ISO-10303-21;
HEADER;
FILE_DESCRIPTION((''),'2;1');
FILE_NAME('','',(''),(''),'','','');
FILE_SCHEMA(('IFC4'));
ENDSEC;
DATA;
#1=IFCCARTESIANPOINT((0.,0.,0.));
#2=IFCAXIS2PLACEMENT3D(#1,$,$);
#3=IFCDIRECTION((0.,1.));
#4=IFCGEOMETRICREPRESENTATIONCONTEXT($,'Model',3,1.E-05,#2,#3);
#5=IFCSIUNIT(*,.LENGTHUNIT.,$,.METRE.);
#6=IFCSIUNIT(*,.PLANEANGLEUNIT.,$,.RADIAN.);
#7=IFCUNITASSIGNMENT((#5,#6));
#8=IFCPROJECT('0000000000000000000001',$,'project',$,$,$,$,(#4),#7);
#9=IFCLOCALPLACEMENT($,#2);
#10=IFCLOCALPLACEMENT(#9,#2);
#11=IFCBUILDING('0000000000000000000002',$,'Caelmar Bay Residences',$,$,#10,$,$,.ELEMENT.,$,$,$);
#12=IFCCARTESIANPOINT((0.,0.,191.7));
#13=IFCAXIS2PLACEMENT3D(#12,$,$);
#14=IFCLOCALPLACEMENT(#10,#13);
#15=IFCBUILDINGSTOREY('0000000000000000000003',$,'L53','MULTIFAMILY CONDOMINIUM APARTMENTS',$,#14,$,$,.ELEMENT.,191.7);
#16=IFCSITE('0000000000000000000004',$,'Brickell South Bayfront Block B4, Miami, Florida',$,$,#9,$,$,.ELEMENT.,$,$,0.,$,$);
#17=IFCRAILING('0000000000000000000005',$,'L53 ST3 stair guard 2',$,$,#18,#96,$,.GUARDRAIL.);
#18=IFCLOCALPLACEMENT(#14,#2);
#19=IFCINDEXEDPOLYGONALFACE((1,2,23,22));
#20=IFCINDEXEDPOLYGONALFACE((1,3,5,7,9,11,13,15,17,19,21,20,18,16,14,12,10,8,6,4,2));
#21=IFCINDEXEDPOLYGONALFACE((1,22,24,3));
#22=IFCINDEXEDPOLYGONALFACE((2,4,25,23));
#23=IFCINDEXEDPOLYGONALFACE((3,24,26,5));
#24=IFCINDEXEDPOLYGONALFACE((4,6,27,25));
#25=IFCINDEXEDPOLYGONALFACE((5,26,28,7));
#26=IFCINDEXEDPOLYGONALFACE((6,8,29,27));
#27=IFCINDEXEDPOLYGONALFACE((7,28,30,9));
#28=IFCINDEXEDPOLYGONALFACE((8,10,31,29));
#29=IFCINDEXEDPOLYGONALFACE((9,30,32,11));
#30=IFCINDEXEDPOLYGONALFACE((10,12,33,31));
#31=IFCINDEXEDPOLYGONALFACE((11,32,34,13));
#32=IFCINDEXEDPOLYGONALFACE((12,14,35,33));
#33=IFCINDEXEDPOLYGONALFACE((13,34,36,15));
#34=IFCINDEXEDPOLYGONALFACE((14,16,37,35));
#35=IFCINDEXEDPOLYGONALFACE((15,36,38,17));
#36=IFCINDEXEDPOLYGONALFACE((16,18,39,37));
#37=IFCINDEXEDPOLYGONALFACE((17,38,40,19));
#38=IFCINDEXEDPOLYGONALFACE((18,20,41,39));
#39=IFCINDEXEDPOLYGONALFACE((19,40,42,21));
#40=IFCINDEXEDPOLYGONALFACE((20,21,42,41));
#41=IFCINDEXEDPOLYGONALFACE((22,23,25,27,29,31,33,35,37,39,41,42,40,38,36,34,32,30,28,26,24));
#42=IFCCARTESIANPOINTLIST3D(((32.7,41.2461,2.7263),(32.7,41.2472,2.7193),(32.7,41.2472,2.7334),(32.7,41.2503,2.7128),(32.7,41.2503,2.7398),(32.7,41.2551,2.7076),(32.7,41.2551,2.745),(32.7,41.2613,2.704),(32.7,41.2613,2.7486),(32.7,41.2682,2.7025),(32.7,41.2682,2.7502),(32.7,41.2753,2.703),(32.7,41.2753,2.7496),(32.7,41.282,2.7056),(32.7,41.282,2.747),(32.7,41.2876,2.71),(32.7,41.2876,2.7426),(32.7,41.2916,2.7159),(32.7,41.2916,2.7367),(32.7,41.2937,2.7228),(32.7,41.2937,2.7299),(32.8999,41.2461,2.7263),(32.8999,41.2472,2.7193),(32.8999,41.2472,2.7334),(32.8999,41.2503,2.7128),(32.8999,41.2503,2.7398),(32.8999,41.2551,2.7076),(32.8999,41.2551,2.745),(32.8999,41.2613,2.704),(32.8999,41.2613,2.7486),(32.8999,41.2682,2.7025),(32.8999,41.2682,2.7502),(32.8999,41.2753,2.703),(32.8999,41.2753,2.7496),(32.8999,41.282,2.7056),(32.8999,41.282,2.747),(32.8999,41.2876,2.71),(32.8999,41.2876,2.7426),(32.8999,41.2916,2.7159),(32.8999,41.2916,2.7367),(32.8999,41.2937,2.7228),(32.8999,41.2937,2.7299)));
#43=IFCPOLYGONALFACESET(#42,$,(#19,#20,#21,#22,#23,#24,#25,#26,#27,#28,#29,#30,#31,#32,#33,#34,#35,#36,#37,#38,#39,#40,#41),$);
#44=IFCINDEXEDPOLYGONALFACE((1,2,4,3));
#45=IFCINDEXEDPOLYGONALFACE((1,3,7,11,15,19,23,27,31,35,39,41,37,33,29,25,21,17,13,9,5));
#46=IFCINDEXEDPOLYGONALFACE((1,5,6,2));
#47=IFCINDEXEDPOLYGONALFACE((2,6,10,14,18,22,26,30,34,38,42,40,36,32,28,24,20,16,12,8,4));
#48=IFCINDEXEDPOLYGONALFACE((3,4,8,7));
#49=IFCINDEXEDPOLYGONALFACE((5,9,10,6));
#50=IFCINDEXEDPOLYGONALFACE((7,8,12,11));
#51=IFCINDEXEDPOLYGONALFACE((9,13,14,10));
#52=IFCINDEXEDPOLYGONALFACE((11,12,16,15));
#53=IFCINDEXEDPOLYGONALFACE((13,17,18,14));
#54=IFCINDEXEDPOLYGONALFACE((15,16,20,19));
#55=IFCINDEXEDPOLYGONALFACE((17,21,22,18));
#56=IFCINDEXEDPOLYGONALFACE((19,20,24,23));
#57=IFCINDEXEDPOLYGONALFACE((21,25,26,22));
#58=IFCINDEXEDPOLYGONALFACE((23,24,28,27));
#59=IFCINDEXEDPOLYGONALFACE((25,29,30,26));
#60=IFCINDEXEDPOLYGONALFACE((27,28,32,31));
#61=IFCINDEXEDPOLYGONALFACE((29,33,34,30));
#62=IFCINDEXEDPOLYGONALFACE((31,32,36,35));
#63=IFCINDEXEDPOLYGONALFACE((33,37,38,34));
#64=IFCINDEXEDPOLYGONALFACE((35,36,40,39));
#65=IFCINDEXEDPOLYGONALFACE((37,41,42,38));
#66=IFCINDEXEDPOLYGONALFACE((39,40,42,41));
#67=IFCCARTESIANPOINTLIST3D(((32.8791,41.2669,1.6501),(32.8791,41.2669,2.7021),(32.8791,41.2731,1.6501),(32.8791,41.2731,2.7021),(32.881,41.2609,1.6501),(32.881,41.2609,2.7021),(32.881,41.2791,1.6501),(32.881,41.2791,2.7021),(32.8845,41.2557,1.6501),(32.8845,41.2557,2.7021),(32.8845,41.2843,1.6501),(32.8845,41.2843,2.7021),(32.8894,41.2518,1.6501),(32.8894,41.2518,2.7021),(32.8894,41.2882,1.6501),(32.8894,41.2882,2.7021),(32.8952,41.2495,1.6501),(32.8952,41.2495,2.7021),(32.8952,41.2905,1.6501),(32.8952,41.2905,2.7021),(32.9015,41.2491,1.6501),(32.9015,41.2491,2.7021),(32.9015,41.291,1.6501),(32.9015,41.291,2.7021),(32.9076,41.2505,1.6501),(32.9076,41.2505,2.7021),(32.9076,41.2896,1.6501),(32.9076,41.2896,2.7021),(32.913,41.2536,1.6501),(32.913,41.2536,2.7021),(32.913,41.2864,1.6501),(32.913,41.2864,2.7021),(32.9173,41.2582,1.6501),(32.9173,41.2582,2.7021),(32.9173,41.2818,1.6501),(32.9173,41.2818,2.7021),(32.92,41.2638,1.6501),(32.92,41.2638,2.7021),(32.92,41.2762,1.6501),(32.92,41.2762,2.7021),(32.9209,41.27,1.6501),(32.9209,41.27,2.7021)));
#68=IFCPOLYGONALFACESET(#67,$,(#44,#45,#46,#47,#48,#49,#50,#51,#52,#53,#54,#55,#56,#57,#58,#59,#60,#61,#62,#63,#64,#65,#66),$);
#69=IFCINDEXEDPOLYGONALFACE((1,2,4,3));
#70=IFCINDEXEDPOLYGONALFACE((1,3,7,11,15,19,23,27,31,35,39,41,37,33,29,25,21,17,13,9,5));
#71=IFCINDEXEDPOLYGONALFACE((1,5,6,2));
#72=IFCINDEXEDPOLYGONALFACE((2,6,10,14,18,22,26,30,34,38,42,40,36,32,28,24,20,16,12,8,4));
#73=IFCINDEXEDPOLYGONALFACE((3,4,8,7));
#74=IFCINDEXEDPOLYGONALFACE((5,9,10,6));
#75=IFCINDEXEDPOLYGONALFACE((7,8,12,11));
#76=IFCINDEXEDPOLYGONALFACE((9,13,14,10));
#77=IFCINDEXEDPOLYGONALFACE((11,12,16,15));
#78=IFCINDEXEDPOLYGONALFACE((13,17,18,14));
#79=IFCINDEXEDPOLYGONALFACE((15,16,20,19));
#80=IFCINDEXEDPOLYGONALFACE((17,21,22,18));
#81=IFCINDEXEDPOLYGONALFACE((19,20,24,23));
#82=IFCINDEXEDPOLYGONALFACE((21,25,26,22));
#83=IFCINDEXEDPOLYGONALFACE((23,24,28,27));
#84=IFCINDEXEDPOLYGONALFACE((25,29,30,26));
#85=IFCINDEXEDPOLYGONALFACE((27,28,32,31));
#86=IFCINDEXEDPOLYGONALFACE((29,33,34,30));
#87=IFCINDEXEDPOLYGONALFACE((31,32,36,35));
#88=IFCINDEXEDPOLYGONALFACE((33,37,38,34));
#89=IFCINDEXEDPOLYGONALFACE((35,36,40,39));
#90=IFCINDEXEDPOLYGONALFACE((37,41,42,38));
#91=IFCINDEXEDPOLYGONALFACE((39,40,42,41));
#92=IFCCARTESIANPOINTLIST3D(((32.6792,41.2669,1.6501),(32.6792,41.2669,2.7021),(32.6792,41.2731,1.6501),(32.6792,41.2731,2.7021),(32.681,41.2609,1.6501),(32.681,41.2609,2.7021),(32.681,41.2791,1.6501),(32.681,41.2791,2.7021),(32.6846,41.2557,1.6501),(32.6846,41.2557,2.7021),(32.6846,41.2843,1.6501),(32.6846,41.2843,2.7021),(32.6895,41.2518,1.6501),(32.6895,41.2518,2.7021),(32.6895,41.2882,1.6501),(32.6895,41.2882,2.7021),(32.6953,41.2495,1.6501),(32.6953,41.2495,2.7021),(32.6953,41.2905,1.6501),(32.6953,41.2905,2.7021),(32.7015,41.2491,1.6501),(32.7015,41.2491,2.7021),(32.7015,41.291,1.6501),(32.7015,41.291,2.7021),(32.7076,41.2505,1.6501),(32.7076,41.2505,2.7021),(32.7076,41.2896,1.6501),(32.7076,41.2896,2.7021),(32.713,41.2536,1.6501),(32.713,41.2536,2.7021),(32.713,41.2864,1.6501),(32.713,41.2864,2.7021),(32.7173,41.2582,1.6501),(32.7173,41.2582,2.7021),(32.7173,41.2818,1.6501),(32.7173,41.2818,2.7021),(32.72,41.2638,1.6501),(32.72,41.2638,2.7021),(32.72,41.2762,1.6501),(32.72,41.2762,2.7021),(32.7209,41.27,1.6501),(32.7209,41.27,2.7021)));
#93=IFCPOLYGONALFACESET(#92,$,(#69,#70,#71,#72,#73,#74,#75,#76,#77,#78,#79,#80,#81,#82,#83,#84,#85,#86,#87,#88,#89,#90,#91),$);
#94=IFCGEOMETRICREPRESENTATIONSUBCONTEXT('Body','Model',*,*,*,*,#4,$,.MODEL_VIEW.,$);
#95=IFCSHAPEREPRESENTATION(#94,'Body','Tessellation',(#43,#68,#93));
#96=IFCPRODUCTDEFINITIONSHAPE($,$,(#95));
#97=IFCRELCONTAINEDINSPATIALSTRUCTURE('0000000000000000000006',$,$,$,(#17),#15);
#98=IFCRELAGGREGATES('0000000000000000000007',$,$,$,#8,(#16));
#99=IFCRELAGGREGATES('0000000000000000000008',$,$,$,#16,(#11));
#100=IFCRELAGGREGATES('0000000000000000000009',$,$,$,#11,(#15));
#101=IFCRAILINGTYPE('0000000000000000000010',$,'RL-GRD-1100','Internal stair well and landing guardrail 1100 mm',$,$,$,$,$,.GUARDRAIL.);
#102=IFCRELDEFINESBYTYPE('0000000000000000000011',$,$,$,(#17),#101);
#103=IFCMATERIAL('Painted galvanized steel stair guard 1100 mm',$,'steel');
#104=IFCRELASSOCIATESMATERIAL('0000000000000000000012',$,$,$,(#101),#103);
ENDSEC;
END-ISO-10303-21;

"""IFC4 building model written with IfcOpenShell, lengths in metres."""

from ifc_helpers import new_model, si_unit, direction, frame, origin, origin_2d, place, context, subcontext, project, spatial, circle, extrude, material, type_object, element, save


model = new_model("IFC4")

# Units and contexts
model_context = context("Model", 3, precision=1e-05, world=origin(), true_north=direction((0.0, 1.0)))
body_context = subcontext(model_context, "Body", "Model", "MODEL_VIEW")
ifc_project = project(units=[si_unit("LENGTHUNIT", "METRE"), si_unit("PLANEANGLEUNIT", "RADIAN")], contexts=[model_context])

# Site, building, storey
site_placement = place(None, origin())
site = spatial("IfcSite", under=ifc_project, at=site_placement, Name="Brickell South Bayfront Block B4, Miami, Florida", CompositionType="ELEMENT", RefElevation=0.0)
building_placement = place(site_placement, origin())
building = spatial("IfcBuilding", under=site, at=building_placement, Name="Caelmar Bay Residences", CompositionType="ELEMENT")
storey_placement = place(building_placement, frame((0.0, 0.0, 191.7)))
storey = spatial("IfcBuildingStorey", under=building, at=storey_placement, Name="L53", Description="MULTIFAMILY CONDOMINIUM APARTMENTS", CompositionType="ELEMENT", Elevation=191.7)

# Railing
ifc_material_1 = material(Name="Painted galvanized steel stair guard 1100 mm", Category="steel")
railing_type_1 = type_object("IfcRailingType", Name="RL-GRD-1100", Description="Internal stair well and landing guardrail 1100 mm", PredefinedType="GUARDRAIL", material=ifc_material_1)
railing_1_placement = place(storey_placement, frame((32.8999, 41.27, 1.6501)))
element("IfcRailing", 1, at=railing_1_placement, inside=storey, type_object=railing_type_1, Name="L53 ST3 stair guard 2", PredefinedType="GUARDRAIL", context=body_context, shape_type="SweptSolid", body=[
    extrude(circle(Radius=0.0239, at=origin_2d()), frame((0.0, 0.0, 1.0762), z_axis=(-1.0, 0.0, 0.0), x_axis=(0.0, -1.0, 0.0)), (0.0, 0.0, 1.0), 0.2),
    extrude(circle(Radius=0.021, at=origin_2d()), origin(), (0.0, 0.0, 1.0), 1.052),
    extrude(circle(Radius=0.021, at=origin_2d()), frame((-0.2, 0.0, 0.0)), (0.0, 0.0, 1.0), 1.052),
])

save(model, "model.ifc")
